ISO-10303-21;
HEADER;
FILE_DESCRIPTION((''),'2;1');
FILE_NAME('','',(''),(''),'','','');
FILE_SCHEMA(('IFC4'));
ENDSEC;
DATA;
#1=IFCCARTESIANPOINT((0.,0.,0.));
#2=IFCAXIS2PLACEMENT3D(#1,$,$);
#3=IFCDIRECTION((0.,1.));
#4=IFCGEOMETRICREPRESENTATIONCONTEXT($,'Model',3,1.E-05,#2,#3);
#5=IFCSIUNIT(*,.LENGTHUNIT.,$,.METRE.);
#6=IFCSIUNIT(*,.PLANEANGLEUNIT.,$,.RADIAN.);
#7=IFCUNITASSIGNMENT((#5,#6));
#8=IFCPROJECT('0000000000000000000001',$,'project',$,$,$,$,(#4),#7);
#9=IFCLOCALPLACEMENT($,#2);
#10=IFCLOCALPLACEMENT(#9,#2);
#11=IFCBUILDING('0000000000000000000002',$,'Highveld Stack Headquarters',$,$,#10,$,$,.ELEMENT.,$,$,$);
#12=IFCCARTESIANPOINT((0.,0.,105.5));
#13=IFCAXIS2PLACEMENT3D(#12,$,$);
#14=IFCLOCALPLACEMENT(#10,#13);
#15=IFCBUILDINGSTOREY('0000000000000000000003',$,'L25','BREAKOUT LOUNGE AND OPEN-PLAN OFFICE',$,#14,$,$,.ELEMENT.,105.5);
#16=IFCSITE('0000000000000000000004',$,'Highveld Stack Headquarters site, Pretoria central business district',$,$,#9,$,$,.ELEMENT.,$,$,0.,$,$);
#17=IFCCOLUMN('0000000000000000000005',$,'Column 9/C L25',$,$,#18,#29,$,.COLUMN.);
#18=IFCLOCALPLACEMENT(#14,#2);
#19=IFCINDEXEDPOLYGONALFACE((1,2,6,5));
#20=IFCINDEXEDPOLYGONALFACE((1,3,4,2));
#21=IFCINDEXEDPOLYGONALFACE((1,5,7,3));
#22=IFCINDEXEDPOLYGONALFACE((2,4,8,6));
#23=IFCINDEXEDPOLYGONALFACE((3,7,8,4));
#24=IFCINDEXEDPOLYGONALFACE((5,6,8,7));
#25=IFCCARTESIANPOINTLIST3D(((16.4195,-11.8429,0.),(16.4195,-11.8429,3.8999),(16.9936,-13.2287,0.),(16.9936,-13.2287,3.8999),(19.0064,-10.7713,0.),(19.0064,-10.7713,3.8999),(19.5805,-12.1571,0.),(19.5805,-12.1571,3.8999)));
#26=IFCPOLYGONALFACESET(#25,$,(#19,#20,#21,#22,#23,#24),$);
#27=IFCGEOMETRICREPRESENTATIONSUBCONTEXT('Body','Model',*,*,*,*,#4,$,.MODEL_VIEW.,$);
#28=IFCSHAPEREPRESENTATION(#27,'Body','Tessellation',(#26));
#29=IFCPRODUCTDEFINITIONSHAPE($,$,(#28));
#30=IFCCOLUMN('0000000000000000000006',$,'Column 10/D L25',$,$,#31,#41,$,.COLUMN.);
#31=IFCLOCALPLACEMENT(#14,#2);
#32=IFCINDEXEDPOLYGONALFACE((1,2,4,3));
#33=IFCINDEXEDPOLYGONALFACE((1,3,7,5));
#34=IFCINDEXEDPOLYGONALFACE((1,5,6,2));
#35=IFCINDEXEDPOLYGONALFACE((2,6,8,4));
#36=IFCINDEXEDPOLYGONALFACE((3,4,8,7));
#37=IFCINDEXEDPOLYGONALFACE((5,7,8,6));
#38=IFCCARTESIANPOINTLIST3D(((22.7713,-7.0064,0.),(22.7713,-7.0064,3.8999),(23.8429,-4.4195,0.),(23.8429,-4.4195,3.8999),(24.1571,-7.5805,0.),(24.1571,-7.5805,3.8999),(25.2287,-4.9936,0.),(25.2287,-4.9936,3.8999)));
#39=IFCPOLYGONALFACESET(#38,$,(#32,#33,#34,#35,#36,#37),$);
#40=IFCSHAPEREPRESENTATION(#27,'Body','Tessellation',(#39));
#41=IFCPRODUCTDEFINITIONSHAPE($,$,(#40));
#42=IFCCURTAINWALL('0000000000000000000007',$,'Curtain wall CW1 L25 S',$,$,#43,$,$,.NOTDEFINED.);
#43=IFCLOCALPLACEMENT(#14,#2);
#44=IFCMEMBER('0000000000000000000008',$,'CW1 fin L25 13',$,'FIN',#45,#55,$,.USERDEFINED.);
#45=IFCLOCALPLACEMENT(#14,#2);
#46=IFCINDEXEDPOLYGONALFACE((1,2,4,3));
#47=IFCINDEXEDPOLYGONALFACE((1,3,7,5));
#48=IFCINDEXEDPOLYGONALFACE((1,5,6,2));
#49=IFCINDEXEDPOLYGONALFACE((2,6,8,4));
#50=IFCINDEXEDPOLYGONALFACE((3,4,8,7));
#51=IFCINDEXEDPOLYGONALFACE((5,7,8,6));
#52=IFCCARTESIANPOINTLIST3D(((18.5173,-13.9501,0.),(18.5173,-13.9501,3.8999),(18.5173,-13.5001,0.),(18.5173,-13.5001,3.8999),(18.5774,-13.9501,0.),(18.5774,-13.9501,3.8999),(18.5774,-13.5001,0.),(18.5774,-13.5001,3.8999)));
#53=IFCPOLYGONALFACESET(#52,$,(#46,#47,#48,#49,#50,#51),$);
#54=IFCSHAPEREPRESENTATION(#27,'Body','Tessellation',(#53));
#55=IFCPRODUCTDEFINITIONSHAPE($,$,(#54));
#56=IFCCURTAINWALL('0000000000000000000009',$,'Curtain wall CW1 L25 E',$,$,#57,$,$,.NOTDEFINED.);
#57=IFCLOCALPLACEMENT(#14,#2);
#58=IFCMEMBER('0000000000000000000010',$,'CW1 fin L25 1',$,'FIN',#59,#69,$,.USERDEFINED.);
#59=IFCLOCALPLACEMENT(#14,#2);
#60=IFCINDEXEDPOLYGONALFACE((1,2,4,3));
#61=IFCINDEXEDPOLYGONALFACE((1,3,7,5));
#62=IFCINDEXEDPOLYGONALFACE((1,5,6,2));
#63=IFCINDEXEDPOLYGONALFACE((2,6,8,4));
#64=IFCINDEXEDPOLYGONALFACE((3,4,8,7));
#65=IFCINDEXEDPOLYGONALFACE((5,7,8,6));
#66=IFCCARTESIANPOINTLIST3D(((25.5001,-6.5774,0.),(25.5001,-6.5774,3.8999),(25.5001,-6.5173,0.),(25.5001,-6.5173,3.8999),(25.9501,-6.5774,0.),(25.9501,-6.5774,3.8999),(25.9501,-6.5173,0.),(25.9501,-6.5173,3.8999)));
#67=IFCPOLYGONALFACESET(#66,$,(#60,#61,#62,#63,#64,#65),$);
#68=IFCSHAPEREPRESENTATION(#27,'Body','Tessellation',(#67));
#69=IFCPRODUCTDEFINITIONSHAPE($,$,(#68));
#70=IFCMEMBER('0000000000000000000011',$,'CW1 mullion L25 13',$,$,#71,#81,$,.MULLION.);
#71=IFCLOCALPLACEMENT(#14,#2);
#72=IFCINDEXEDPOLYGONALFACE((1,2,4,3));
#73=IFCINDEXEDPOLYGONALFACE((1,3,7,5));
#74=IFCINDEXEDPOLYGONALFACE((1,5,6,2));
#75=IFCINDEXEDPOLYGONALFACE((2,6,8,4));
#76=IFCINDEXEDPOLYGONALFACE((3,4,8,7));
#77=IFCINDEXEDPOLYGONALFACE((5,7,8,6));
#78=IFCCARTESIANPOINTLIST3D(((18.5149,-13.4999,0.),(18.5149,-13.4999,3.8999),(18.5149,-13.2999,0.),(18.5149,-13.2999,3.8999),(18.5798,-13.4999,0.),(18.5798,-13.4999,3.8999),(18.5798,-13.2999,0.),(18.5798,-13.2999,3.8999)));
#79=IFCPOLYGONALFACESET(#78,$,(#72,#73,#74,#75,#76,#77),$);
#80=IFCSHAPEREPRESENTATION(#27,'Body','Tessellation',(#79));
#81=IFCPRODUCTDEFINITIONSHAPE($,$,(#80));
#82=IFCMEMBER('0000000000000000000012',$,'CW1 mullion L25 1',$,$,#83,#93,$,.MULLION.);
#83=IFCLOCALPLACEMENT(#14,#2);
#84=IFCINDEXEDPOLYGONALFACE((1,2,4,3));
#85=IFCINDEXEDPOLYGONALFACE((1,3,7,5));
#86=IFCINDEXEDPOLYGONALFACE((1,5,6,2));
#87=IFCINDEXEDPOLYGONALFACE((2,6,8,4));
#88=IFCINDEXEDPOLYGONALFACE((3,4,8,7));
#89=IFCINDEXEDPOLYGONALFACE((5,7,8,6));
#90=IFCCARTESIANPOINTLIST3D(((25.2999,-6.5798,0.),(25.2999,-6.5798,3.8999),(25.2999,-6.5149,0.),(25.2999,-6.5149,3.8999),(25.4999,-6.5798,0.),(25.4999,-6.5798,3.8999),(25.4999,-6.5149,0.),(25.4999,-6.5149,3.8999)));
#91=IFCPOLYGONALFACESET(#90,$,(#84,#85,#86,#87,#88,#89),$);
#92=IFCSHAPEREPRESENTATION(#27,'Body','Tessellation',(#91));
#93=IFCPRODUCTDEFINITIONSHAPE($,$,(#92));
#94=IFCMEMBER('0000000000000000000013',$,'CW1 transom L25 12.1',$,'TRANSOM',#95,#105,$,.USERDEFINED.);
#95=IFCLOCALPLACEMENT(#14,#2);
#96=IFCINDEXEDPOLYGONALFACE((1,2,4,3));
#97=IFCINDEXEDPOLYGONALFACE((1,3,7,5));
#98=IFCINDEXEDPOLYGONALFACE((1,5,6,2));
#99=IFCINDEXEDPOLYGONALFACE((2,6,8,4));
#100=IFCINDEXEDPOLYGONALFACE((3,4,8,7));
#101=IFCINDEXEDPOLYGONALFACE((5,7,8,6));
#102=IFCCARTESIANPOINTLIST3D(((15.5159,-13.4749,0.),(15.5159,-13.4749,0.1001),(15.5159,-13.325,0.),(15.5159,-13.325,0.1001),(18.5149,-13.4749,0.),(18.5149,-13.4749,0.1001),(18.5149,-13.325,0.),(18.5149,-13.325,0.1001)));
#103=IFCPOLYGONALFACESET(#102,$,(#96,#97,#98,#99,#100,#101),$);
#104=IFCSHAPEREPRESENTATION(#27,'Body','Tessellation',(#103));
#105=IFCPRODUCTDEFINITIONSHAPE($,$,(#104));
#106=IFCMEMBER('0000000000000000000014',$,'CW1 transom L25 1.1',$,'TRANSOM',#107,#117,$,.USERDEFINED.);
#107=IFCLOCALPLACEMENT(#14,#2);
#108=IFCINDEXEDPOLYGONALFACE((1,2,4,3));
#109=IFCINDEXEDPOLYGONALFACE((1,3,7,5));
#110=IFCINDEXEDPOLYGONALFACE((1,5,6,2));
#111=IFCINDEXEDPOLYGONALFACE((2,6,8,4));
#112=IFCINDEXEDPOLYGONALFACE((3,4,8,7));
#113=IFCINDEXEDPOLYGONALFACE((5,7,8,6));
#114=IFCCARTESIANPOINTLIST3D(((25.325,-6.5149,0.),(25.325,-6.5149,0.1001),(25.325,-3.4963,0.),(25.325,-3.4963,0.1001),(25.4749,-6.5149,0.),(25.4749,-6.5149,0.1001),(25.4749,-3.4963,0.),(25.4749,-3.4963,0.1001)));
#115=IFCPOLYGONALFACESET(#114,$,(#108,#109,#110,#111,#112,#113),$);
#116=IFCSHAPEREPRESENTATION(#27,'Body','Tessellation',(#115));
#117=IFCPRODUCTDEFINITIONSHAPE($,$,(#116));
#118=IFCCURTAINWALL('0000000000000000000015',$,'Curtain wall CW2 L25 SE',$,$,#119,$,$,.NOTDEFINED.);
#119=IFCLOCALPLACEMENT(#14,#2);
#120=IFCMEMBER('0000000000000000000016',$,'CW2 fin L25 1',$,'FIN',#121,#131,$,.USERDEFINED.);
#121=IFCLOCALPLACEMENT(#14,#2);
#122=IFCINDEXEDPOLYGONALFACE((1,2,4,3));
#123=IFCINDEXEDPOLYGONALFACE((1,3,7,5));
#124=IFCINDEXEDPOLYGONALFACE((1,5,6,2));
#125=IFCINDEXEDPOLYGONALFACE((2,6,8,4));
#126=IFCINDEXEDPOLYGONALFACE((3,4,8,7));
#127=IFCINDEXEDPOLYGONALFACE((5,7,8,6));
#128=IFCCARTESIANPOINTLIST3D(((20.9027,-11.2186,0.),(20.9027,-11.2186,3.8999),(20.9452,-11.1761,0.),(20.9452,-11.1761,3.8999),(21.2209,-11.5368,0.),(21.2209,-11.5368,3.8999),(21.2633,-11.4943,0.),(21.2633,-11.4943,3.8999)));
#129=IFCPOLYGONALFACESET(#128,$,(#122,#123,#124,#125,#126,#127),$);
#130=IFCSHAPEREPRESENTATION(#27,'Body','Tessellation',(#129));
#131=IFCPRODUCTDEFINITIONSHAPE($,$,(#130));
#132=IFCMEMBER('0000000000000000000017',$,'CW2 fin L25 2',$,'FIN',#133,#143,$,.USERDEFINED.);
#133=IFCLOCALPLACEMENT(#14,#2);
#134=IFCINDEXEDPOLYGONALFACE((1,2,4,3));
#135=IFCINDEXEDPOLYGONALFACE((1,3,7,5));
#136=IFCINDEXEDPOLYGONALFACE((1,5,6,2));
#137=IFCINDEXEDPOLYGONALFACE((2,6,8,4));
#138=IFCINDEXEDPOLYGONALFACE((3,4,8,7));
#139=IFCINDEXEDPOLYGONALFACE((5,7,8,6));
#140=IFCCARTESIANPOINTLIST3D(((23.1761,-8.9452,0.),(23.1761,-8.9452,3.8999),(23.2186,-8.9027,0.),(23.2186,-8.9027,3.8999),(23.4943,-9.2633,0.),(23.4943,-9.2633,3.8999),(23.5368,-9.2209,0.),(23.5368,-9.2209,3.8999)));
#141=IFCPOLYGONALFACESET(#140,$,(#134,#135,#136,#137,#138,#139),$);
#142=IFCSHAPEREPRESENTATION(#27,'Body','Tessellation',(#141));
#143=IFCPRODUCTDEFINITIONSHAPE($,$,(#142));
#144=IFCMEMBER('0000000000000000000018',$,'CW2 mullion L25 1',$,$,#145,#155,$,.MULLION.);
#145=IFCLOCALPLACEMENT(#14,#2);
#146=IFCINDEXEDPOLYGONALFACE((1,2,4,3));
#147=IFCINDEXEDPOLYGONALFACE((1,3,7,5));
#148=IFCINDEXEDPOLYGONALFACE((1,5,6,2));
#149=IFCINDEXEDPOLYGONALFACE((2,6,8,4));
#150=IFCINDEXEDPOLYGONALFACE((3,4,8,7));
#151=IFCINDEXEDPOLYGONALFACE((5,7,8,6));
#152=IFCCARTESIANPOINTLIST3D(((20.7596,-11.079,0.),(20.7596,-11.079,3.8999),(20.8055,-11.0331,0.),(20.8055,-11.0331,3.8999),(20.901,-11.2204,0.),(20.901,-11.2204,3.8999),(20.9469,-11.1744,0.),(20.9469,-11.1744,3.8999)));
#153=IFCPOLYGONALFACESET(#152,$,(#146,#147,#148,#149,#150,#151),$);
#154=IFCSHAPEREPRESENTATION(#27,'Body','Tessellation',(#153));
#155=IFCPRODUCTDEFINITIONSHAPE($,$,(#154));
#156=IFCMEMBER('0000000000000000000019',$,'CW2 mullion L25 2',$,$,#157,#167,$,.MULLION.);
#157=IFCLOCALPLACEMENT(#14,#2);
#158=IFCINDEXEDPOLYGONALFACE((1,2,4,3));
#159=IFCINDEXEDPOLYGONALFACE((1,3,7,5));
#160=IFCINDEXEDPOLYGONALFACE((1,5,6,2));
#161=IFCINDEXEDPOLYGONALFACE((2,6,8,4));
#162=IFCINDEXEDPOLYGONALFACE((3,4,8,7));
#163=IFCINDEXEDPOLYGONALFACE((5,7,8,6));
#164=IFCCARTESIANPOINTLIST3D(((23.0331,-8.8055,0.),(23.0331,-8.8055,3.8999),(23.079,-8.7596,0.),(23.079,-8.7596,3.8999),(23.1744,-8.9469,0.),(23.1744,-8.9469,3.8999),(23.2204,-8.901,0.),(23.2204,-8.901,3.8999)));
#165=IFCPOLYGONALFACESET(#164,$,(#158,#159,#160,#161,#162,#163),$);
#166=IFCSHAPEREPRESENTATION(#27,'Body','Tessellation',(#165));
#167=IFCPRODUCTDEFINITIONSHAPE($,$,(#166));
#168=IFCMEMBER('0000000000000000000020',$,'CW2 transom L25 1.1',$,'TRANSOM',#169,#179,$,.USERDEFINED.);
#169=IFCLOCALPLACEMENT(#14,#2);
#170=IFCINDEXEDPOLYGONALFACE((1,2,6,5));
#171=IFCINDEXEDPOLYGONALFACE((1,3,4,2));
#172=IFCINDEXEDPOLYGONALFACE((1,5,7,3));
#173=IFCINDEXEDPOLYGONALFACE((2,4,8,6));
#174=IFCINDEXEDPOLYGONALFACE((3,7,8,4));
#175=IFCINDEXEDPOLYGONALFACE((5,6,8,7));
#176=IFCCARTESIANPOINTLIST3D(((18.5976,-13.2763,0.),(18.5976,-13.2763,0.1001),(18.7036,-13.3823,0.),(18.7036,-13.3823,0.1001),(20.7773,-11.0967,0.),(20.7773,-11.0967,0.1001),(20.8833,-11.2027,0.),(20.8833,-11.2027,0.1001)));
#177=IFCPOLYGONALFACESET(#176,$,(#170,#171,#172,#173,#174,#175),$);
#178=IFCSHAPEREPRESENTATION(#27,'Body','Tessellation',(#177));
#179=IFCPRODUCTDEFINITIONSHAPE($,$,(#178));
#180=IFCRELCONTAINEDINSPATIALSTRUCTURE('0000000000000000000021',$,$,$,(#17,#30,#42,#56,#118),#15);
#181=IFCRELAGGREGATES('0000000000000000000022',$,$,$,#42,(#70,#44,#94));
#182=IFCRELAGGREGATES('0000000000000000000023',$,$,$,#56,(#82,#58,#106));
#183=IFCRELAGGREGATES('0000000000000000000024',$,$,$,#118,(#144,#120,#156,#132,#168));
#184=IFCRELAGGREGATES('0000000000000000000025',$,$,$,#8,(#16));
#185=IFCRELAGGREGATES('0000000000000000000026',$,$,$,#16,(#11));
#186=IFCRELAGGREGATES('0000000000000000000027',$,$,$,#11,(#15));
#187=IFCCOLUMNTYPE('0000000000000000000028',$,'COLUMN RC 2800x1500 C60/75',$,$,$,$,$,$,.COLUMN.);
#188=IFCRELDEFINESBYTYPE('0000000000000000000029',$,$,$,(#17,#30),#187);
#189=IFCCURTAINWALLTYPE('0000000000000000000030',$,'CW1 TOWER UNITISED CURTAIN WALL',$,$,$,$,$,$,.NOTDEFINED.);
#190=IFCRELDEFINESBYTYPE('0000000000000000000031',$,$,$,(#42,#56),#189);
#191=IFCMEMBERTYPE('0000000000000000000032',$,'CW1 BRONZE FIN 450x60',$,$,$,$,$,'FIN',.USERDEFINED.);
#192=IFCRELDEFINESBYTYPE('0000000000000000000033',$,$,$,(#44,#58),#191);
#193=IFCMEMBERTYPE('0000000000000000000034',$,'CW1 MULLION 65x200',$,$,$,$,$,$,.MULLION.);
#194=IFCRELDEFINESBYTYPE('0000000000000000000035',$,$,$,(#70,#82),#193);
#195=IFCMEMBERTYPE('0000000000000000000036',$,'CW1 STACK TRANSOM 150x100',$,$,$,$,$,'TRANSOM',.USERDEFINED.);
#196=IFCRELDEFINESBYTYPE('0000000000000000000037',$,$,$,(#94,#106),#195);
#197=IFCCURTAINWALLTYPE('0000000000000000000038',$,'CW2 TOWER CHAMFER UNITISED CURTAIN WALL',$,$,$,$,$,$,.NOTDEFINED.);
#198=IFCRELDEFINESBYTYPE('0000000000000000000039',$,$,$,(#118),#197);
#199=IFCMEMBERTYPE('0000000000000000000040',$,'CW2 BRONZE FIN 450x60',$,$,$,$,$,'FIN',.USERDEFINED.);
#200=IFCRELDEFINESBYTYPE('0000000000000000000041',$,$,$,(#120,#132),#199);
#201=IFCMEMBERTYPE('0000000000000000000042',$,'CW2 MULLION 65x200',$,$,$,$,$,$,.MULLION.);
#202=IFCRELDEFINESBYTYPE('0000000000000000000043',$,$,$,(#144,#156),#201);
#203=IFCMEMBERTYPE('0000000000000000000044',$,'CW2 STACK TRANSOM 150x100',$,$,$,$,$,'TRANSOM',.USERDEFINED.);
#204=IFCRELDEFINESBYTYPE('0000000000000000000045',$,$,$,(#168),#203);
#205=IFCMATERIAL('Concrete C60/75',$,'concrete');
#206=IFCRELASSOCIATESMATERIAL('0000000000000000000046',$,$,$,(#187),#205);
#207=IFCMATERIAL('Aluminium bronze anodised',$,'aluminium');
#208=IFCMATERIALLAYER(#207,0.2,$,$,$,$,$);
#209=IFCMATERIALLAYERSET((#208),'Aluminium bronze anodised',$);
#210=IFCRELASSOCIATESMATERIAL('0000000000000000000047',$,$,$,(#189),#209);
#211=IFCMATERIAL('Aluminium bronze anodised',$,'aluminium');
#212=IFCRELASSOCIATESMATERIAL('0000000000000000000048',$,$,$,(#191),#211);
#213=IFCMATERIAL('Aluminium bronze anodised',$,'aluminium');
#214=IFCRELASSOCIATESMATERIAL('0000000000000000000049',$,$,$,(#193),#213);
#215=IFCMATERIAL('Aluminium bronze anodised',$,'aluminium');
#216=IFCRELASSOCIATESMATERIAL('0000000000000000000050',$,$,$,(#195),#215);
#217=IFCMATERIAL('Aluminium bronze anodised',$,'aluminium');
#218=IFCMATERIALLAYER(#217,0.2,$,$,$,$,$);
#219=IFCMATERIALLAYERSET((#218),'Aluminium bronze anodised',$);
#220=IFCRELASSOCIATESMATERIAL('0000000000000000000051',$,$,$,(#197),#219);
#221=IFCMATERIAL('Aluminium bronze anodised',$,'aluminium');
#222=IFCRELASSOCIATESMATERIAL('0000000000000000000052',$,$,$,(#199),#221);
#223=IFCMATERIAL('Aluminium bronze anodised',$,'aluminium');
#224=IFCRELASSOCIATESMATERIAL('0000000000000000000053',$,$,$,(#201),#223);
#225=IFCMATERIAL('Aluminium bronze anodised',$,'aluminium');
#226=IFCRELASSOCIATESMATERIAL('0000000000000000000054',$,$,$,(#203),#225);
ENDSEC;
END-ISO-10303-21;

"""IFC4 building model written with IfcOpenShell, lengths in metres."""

from ifc_helpers import new_model, si_unit, direction, frame, origin, origin_2d, place, context, subcontext, project, spatial, rectangle, extrude, material, layer, layer_set, material_profile, profile_set, type_object, element, aggregate, save


model = new_model("IFC4")

# Units and contexts
model_context = context("Model", 3, precision=1e-05, world=origin(), true_north=direction((0.0, 1.0)))
body_context = subcontext(model_context, "Body", "Model", "MODEL_VIEW")
ifc_project = project(units=[si_unit("LENGTHUNIT", "METRE"), si_unit("PLANEANGLEUNIT", "RADIAN")], contexts=[model_context])

# Site, building, storey
site_placement = place(None, origin())
site = spatial("IfcSite", under=ifc_project, at=site_placement, Name="Highveld Stack Headquarters site, Pretoria central business district", CompositionType="ELEMENT", RefElevation=0.0)
building_placement = place(site_placement, origin())
building = spatial("IfcBuilding", under=site, at=building_placement, Name="Highveld Stack Headquarters", CompositionType="ELEMENT")
storey_placement = place(building_placement, frame((0.0, 0.0, 105.5)))
storey = spatial("IfcBuildingStorey", under=building, at=storey_placement, Name="L25", Description="BREAKOUT LOUNGE AND OPEN-PLAN OFFICE", CompositionType="ELEMENT", Elevation=105.5)

# Columns
ifc_material_1 = material(Name="Concrete C60/75", Category="concrete")
ifc_material_profile_1 = material_profile(ifc_material_1, rectangle(XDim=2.8, YDim=1.5, at=origin_2d()), Name="RC 2800x1500")
ifc_profile_set_1 = profile_set([ifc_material_profile_1], Name="Concrete C60/75")
column_type = type_object("IfcColumnType", Name="COLUMN RC 2800x1500 C60/75", PredefinedType="COLUMN", material=ifc_profile_set_1)
for number, where, z_axis, x_axis, name in (
    (1, (18.0, -12.0, 0.0), (0.0, 0.0, 1.0), (-0.92388, -0.382683, 0.0), "Column 9/C L25"),
    (2, (24.0, -6.0, 0.0), (0.0, 0.0, 1.0), (-0.382683, -0.92388, 0.0), "Column 10/D L25"),
):
    element("IfcColumn", number, at=place(storey_placement, frame(where, z_axis=z_axis, x_axis=x_axis)), inside=storey, type_object=column_type, Name=name, PredefinedType="COLUMN", context=body_context, shape_type="SweptSolid", body=[
        extrude(rectangle(XDim=2.8, YDim=1.5, at=origin_2d()), origin(), (0.0, 0.0, 1.0), 3.8999),
    ])

# Curtain walls, members
ifc_material_2 = material(Name="Aluminium bronze anodised", Category="aluminium")
ifc_layer_1 = layer(ifc_material_2, 0.2)
ifc_layer_set_1 = layer_set([ifc_layer_1], Name="Aluminium bronze anodised")
curtain_wall_type_1 = type_object("IfcCurtainWallType", Name="CW1 TOWER UNITISED CURTAIN WALL", PredefinedType="NOTDEFINED", material=ifc_layer_set_1)
curtain_wall_1_placement = place(storey_placement, origin())
curtain_wall_1 = element("IfcCurtainWall", 3, at=curtain_wall_1_placement, inside=storey, type_object=curtain_wall_type_1, Name="Curtain wall CW1 L25 S", PredefinedType="NOTDEFINED")
ifc_material_3 = material(Name="Aluminium bronze anodised", Category="aluminium")
ifc_material_profile_2 = material_profile(ifc_material_3, rectangle(XDim=0.45, YDim=0.0601, at=origin_2d()), Name="FIN 450x60")
ifc_profile_set_2 = profile_set([ifc_material_profile_2], Name="Aluminium bronze anodised")
member_type_1 = type_object("IfcMemberType", Name="CW1 BRONZE FIN 450x60", ElementType="FIN", PredefinedType="USERDEFINED", material=ifc_profile_set_2)
member_1_placement = place(storey_placement, frame((18.5474, -13.7251, 0.0), z_axis=(0.0, 0.0, 1.0), x_axis=(0.0, 1.0, 0.0)))
member_1 = element("IfcMember", 4, at=member_1_placement, type_object=member_type_1, Name="CW1 fin L25 13", ObjectType="FIN", PredefinedType="USERDEFINED", context=body_context, shape_type="SweptSolid", body=[
    extrude(rectangle(XDim=0.45, YDim=0.0601, at=origin_2d()), origin(), (0.0, 0.0, 1.0), 3.8999),
])
curtain_wall_2_placement = place(storey_placement, origin())
curtain_wall_2 = element("IfcCurtainWall", 5, at=curtain_wall_2_placement, inside=storey, type_object=curtain_wall_type_1, Name="Curtain wall CW1 L25 E", PredefinedType="NOTDEFINED")
member_2_placement = place(storey_placement, frame((25.7251, -6.5474, 0.0), z_axis=(0.0, 0.0, 1.0), x_axis=(-1.0, 0.0, 0.0)))
member_2 = element("IfcMember", 6, at=member_2_placement, type_object=member_type_1, Name="CW1 fin L25 1", ObjectType="FIN", PredefinedType="USERDEFINED", context=body_context, shape_type="SweptSolid", body=[
    extrude(rectangle(XDim=0.45, YDim=0.0601, at=origin_2d()), origin(), (0.0, 0.0, 1.0), 3.8999),
])

# Members
ifc_material_4 = material(Name="Aluminium bronze anodised", Category="aluminium")
ifc_material_profile_3 = material_profile(ifc_material_4, rectangle(XDim=0.2, YDim=0.0649, at=origin_2d()), Name="CW1 MULLION 65x200")
ifc_profile_set_3 = profile_set([ifc_material_profile_3], Name="Aluminium bronze anodised")
member_type_2 = type_object("IfcMemberType", Name="CW1 MULLION 65x200", PredefinedType="MULLION", material=ifc_profile_set_3)
member_3_placement = place(storey_placement, frame((18.5474, -13.3999, 0.0), z_axis=(0.0, 0.0, 1.0), x_axis=(0.0, 1.0, 0.0)))
member_3 = element("IfcMember", 7, at=member_3_placement, type_object=member_type_2, Name="CW1 mullion L25 13", PredefinedType="MULLION", context=body_context, shape_type="SweptSolid", body=[
    extrude(rectangle(XDim=0.2, YDim=0.0649, at=origin_2d()), origin(), (0.0, 0.0, 1.0), 3.8999),
])
member_4_placement = place(storey_placement, frame((25.3999, -6.5474, 0.0), z_axis=(0.0, 0.0, 1.0), x_axis=(-1.0, 0.0, 0.0)))
member_4 = element("IfcMember", 8, at=member_4_placement, type_object=member_type_2, Name="CW1 mullion L25 1", PredefinedType="MULLION", context=body_context, shape_type="SweptSolid", body=[
    extrude(rectangle(XDim=0.2, YDim=0.0649, at=origin_2d()), origin(), (0.0, 0.0, 1.0), 3.8999),
])
ifc_material_5 = material(Name="Aluminium bronze anodised", Category="aluminium")
ifc_material_profile_4 = material_profile(ifc_material_5, rectangle(XDim=0.1499, YDim=0.1001, at=origin_2d()), Name="CW1 TRANSOM 150x100")
ifc_profile_set_4 = profile_set([ifc_material_profile_4], Name="Aluminium bronze anodised")
member_type_3 = type_object("IfcMemberType", Name="CW1 STACK TRANSOM 150x100", ElementType="TRANSOM", PredefinedType="USERDEFINED", material=ifc_profile_set_4)
member_5_placement = place(storey_placement, frame((15.5159, -13.3999, 0.05), z_axis=(1.0, 0.0, 0.0), x_axis=(0.0, 1.0, 0.0)))
member_5 = element("IfcMember", 9, at=member_5_placement, type_object=member_type_3, Name="CW1 transom L25 12.1", ObjectType="TRANSOM", PredefinedType="USERDEFINED", context=body_context, shape_type="SweptSolid", body=[
    extrude(rectangle(XDim=0.1499, YDim=0.1001, at=origin_2d()), origin(), (0.0, 0.0, 1.0), 2.999),
])
member_6_placement = place(storey_placement, frame((25.3999, -6.5149, 0.05), z_axis=(0.0, 1.0, 0.0), x_axis=(-1.0, 0.0, 0.0)))
member_6 = element("IfcMember", 10, at=member_6_placement, type_object=member_type_3, Name="CW1 transom L25 1.1", ObjectType="TRANSOM", PredefinedType="USERDEFINED", context=body_context, shape_type="SweptSolid", body=[
    extrude(rectangle(XDim=0.1499, YDim=0.1001, at=origin_2d()), origin(), (0.0, 0.0, 1.0), 3.0186),
])

# Curtain wall, members
ifc_material_6 = material(Name="Aluminium bronze anodised", Category="aluminium")
ifc_layer_2 = layer(ifc_material_6, 0.2)
ifc_layer_set_2 = layer_set([ifc_layer_2], Name="Aluminium bronze anodised")
curtain_wall_type_2 = type_object("IfcCurtainWallType", Name="CW2 TOWER CHAMFER UNITISED CURTAIN WALL", PredefinedType="NOTDEFINED", material=ifc_layer_set_2)
curtain_wall_3_placement = place(storey_placement, origin())
curtain_wall_3 = element("IfcCurtainWall", 11, at=curtain_wall_3_placement, inside=storey, type_object=curtain_wall_type_2, Name="Curtain wall CW2 L25 SE", PredefinedType="NOTDEFINED")
ifc_material_7 = material(Name="Aluminium bronze anodised", Category="aluminium")
ifc_material_profile_5 = material_profile(ifc_material_7, rectangle(XDim=0.45, YDim=0.0601, at=origin_2d()), Name="FIN 450x60")
ifc_profile_set_5 = profile_set([ifc_material_profile_5], Name="Aluminium bronze anodised")
member_type_4 = type_object("IfcMemberType", Name="CW2 BRONZE FIN 450x60", ElementType="FIN", PredefinedType="USERDEFINED", material=ifc_profile_set_5)
member_7_placement = place(storey_placement, frame((21.083, -11.3564, 0.0), z_axis=(0.0, 0.0, 1.0), x_axis=(-0.707107, 0.707107, 0.0)))
member_7 = element("IfcMember", 12, at=member_7_placement, type_object=member_type_4, Name="CW2 fin L25 1", ObjectType="FIN", PredefinedType="USERDEFINED", context=body_context, shape_type="SweptSolid", body=[
    extrude(rectangle(XDim=0.45, YDim=0.0601, at=origin_2d()), origin(), (0.0, 0.0, 1.0), 3.8999),
])
member_8_placement = place(storey_placement, frame((23.3564, -9.083, 0.0), z_axis=(0.0, 0.0, 1.0), x_axis=(-0.707107, 0.707107, 0.0)))
member_8 = element("IfcMember", 13, at=member_8_placement, type_object=member_type_4, Name="CW2 fin L25 2", ObjectType="FIN", PredefinedType="USERDEFINED", context=body_context, shape_type="SweptSolid", body=[
    extrude(rectangle(XDim=0.45, YDim=0.0601, at=origin_2d()), origin(), (0.0, 0.0, 1.0), 3.8999),
])
ifc_material_8 = material(Name="Aluminium bronze anodised", Category="aluminium")
ifc_material_profile_6 = material_profile(ifc_material_8, rectangle(XDim=0.2, YDim=0.0649, at=origin_2d()), Name="CW2 MULLION 65x200")
ifc_profile_set_6 = profile_set([ifc_material_profile_6], Name="Aluminium bronze anodised")
member_type_5 = type_object("IfcMemberType", Name="CW2 MULLION 65x200", PredefinedType="MULLION", material=ifc_profile_set_6)
member_9_placement = place(storey_placement, frame((20.8533, -11.1267, 0.0), z_axis=(0.0, 0.0, 1.0), x_axis=(-0.707107, 0.707107, 0.0)))
member_9 = element("IfcMember", 14, at=member_9_placement, type_object=member_type_5, Name="CW2 mullion L25 1", PredefinedType="MULLION", context=body_context, shape_type="SweptSolid", body=[
    extrude(rectangle(XDim=0.2, YDim=0.0649, at=origin_2d()), origin(), (0.0, 0.0, 1.0), 3.8999),
])
member_10_placement = place(storey_placement, frame((23.1267, -8.8533, 0.0), z_axis=(0.0, 0.0, 1.0), x_axis=(-0.707107, 0.707107, 0.0)))
member_10 = element("IfcMember", 15, at=member_10_placement, type_object=member_type_5, Name="CW2 mullion L25 2", PredefinedType="MULLION", context=body_context, shape_type="SweptSolid", body=[
    extrude(rectangle(XDim=0.2, YDim=0.0649, at=origin_2d()), origin(), (0.0, 0.0, 1.0), 3.8999),
])
ifc_material_9 = material(Name="Aluminium bronze anodised", Category="aluminium")
ifc_material_profile_7 = material_profile(ifc_material_9, rectangle(XDim=0.1499, YDim=0.1001, at=origin_2d()), Name="CW2 TRANSOM 150x100")
ifc_profile_set_7 = profile_set([ifc_material_profile_7], Name="Aluminium bronze anodised")
member_type_6 = type_object("IfcMemberType", Name="CW2 STACK TRANSOM 150x100", ElementType="TRANSOM", PredefinedType="USERDEFINED", material=ifc_profile_set_7)
member_11_placement = place(storey_placement, frame((18.6506, -13.3293, 0.05), z_axis=(0.707107, 0.707107, 0.0), x_axis=(-0.707107, 0.707107, 0.0)))
member_11 = element("IfcMember", 16, at=member_11_placement, type_object=member_type_6, Name="CW2 transom L25 1.1", ObjectType="TRANSOM", PredefinedType="USERDEFINED", context=body_context, shape_type="SweptSolid", body=[
    extrude(rectangle(XDim=0.1499, YDim=0.1001, at=origin_2d()), origin(), (0.0, 0.0, 1.0), 3.0825),
])

aggregate(curtain_wall_1, [member_3, member_1, member_5])
aggregate(curtain_wall_2, [member_4, member_2, member_6])
aggregate(curtain_wall_3, [member_9, member_7, member_10, member_8, member_11])

save(model, "model.ifc")
